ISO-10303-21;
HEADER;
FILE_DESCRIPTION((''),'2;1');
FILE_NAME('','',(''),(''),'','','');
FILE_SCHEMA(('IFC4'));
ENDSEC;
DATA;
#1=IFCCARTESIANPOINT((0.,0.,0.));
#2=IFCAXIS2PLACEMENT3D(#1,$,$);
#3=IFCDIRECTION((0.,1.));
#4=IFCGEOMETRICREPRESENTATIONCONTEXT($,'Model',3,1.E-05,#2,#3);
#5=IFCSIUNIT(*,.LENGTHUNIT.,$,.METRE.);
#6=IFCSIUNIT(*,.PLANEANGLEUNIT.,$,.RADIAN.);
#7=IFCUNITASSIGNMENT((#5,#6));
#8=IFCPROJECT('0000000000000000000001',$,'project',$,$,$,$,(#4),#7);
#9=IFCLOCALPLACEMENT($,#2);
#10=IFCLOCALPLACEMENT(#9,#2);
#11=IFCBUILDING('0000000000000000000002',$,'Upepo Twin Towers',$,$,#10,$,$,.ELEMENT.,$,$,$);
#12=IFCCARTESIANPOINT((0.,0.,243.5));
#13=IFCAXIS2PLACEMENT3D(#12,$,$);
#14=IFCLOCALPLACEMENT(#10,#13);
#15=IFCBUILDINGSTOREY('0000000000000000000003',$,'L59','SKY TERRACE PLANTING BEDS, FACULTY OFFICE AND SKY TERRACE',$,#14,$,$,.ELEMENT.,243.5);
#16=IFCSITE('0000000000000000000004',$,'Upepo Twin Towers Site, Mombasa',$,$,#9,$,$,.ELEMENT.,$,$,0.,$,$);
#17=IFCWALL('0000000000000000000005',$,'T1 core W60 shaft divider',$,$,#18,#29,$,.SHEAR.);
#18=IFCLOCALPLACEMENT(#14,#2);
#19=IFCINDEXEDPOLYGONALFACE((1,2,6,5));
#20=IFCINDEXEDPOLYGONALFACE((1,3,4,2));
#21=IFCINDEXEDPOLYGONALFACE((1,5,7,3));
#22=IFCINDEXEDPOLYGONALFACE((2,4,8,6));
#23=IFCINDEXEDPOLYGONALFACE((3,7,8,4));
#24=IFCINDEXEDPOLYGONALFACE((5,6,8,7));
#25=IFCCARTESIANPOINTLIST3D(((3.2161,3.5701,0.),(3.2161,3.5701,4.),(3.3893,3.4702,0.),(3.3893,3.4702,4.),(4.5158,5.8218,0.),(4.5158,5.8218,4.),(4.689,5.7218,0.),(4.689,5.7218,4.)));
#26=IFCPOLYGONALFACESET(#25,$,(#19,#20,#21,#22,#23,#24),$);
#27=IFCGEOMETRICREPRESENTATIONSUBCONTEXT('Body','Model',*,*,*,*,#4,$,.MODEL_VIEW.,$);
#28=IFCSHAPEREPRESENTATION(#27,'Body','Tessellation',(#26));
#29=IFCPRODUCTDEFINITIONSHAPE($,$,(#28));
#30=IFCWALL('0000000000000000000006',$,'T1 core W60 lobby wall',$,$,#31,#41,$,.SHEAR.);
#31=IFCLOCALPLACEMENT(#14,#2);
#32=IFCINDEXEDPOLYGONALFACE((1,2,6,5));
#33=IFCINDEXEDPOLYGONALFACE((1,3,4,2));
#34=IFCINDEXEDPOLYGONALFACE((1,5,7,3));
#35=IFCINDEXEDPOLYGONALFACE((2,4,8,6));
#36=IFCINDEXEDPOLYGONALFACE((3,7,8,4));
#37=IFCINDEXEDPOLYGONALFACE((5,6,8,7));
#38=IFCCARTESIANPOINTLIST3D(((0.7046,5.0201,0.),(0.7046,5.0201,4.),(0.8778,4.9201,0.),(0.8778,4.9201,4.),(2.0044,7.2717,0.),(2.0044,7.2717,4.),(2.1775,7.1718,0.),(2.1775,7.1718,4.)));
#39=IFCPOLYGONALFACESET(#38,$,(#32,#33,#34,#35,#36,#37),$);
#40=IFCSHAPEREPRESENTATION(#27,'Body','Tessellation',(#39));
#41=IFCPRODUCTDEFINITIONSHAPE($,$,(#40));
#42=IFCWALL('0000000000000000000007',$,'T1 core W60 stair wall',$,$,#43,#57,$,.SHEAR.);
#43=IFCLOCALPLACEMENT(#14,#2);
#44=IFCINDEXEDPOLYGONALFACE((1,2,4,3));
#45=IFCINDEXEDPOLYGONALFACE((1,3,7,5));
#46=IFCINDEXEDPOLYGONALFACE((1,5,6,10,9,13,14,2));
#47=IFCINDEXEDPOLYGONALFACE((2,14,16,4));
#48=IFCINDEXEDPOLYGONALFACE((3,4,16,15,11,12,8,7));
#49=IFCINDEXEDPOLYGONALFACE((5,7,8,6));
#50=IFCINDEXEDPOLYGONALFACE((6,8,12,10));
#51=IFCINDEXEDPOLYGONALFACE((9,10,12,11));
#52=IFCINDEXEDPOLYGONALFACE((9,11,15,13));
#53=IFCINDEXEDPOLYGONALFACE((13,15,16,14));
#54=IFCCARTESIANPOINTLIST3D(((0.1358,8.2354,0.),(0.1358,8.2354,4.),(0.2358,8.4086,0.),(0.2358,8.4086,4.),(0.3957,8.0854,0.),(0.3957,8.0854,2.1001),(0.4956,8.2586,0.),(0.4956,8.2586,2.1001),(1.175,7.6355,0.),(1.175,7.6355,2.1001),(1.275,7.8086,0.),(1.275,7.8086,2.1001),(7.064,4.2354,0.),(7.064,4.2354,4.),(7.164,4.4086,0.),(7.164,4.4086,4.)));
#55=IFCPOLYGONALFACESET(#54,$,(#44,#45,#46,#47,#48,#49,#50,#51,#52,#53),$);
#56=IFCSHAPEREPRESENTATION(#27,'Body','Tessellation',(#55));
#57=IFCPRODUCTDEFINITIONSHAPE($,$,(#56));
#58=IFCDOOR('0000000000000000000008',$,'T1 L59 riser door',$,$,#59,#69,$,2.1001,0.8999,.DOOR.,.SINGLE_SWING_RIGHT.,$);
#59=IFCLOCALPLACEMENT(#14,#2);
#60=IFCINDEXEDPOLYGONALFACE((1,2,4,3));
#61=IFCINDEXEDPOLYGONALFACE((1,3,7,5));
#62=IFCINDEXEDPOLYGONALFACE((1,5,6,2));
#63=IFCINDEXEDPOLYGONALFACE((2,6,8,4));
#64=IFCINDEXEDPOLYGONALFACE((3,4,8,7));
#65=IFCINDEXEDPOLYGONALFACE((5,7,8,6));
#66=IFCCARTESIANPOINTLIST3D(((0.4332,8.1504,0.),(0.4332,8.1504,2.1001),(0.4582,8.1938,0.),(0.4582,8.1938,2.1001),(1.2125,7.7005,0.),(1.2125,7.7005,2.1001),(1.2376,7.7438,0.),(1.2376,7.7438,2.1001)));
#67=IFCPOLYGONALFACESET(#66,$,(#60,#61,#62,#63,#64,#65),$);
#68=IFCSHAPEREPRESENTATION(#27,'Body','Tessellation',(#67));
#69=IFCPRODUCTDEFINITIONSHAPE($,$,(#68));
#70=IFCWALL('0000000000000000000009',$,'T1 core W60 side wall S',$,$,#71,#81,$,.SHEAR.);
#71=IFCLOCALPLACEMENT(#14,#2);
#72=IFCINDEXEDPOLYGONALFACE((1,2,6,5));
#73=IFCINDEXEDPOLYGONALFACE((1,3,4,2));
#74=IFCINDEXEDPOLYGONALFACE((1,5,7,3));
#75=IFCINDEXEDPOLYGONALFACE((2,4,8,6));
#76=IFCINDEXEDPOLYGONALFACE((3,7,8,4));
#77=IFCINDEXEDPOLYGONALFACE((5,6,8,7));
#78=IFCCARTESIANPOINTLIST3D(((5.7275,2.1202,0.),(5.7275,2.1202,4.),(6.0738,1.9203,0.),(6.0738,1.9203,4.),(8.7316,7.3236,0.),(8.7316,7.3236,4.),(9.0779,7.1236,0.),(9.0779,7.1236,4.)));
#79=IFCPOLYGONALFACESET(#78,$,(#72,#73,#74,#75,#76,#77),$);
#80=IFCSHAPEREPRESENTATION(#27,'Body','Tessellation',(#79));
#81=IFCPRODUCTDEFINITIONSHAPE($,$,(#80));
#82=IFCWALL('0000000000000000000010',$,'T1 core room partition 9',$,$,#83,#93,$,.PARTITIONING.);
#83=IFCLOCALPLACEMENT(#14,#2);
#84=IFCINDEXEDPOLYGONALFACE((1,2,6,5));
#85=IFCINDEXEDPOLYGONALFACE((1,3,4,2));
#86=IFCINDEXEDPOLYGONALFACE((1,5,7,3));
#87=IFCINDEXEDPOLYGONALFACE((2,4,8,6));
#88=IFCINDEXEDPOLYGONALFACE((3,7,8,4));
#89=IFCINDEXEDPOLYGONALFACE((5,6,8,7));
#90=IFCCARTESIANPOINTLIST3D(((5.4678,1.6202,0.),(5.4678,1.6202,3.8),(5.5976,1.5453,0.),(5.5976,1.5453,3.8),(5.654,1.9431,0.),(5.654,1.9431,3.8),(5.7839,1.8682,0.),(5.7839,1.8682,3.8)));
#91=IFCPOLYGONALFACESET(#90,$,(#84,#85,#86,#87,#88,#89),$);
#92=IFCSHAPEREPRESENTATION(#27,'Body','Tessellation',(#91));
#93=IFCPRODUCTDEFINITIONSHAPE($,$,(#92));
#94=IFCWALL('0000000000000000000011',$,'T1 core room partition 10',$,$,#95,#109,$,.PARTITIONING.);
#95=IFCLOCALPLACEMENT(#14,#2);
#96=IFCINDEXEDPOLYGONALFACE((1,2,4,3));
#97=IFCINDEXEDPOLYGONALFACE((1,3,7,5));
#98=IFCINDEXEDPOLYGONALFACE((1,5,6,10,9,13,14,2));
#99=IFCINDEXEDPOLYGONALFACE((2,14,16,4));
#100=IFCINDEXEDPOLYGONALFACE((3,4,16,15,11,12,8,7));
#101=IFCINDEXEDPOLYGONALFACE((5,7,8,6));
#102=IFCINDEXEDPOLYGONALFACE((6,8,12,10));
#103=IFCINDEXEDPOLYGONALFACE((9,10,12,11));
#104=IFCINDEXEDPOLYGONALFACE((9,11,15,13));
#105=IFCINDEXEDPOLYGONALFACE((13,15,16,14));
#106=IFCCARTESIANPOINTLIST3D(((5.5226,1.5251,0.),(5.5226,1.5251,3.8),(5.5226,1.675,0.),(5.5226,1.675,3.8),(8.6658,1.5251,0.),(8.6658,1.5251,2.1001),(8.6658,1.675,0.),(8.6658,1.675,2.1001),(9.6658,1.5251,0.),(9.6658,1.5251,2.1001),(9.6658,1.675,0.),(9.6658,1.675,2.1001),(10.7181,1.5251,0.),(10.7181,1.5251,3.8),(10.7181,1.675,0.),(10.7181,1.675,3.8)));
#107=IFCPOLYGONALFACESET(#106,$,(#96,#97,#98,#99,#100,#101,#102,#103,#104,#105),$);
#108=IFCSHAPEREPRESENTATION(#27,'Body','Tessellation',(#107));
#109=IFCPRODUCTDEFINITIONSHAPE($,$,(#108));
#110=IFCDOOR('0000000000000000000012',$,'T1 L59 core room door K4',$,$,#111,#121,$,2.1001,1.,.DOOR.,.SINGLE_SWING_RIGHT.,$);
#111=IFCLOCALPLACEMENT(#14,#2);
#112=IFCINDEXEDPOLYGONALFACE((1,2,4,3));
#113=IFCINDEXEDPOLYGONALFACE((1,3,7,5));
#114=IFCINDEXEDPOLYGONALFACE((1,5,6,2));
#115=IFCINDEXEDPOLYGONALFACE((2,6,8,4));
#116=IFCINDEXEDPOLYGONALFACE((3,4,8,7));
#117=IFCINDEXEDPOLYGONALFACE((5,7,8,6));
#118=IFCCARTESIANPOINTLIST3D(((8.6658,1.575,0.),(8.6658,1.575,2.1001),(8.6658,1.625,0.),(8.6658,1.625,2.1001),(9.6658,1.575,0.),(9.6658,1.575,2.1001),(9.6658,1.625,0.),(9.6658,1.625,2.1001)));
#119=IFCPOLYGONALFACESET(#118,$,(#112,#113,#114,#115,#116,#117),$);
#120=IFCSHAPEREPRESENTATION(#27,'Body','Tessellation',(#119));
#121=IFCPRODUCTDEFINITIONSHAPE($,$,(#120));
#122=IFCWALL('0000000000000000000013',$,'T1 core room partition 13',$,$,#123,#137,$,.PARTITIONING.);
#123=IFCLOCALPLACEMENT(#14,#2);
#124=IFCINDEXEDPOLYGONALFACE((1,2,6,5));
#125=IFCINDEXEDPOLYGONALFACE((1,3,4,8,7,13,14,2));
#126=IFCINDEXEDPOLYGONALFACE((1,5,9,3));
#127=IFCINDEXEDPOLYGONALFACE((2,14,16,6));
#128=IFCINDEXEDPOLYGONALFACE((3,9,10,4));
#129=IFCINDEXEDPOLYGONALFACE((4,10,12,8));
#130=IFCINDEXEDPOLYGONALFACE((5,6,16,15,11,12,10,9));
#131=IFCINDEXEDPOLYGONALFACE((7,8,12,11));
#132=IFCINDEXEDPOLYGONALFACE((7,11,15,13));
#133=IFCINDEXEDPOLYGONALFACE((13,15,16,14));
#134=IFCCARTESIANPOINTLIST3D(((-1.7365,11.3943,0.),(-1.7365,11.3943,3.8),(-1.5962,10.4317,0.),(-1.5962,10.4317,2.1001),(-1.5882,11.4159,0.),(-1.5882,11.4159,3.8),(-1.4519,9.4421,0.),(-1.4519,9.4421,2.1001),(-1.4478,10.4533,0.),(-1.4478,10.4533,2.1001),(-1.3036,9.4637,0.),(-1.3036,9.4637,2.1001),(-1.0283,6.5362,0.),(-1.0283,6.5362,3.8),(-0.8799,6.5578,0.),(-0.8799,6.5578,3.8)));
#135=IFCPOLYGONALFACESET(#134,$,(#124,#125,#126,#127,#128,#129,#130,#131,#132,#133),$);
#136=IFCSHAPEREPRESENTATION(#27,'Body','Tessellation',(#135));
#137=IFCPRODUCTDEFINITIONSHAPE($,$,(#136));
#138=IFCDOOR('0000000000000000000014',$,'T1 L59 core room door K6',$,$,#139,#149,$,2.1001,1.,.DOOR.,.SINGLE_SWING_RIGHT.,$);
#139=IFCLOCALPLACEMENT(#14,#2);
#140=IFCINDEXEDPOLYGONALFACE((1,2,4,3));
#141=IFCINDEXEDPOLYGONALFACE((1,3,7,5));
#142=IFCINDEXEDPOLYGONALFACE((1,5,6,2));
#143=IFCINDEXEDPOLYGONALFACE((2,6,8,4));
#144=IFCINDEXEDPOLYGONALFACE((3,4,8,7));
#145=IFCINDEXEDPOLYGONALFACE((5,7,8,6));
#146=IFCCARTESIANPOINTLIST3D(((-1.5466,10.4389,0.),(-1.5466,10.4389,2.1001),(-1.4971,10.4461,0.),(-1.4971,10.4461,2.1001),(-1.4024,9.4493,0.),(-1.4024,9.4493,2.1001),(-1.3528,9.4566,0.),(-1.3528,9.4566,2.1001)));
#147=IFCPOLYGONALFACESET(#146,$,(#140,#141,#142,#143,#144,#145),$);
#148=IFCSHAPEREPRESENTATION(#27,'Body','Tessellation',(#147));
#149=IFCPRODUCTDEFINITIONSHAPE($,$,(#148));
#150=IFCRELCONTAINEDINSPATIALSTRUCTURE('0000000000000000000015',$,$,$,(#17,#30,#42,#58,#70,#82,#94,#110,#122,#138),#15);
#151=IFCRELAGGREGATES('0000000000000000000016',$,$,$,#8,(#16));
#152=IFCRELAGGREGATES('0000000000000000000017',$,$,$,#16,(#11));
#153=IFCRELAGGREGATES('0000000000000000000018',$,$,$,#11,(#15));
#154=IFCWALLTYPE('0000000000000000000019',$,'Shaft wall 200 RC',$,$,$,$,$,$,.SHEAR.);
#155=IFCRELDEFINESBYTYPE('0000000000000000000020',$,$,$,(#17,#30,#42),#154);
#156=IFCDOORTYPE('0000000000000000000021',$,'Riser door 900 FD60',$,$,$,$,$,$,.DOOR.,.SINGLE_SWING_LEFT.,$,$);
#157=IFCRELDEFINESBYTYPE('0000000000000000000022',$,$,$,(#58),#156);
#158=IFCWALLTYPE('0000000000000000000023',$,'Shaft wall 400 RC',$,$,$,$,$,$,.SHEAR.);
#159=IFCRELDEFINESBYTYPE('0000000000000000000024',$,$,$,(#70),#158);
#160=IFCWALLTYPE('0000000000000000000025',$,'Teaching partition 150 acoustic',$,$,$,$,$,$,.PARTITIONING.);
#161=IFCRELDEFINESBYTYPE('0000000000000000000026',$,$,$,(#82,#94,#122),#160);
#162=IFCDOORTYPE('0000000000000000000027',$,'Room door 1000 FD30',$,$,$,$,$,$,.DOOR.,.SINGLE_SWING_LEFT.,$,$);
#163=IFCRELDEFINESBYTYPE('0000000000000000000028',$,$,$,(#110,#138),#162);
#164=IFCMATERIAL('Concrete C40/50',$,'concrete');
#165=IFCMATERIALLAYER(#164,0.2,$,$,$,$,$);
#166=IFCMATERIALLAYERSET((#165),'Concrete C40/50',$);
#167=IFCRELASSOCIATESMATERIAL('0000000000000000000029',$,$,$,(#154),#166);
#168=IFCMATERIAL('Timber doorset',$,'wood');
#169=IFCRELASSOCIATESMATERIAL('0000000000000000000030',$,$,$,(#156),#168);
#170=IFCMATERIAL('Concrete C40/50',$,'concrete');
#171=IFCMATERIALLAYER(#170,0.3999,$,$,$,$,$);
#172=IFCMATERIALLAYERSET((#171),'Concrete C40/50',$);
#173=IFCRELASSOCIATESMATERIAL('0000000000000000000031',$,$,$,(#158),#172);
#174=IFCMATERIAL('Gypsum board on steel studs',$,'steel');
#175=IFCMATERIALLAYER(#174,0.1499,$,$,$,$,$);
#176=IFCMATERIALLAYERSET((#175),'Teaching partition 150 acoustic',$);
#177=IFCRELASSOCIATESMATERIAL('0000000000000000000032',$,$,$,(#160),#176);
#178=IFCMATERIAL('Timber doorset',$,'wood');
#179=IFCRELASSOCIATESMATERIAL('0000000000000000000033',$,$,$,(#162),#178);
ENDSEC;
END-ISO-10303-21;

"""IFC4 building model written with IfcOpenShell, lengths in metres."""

from ifc_helpers import new_model, si_unit, direction, frame, frame_2d, origin, place, context, subcontext, project, spatial, rectangle, extrude, material, layer, layer_set, type_object, element, fill, save


model = new_model("IFC4")

# Units and contexts
model_context = context("Model", 3, precision=1e-05, world=origin(), true_north=direction((0.0, 1.0)))
body_context = subcontext(model_context, "Body", "Model", "MODEL_VIEW")
ifc_project = project(units=[si_unit("LENGTHUNIT", "METRE"), si_unit("PLANEANGLEUNIT", "RADIAN")], contexts=[model_context])

# Site, building, storey
site_placement = place(None, origin())
site = spatial("IfcSite", under=ifc_project, at=site_placement, Name="Upepo Twin Towers Site, Mombasa", CompositionType="ELEMENT", RefElevation=0.0)
building_placement = place(site_placement, origin())
building = spatial("IfcBuilding", under=site, at=building_placement, Name="Upepo Twin Towers", CompositionType="ELEMENT")
storey_placement = place(building_placement, frame((0.0, 0.0, 243.5)))
storey = spatial("IfcBuildingStorey", under=building, at=storey_placement, Name="L59", Description="SKY TERRACE PLANTING BEDS, FACULTY OFFICE AND SKY TERRACE", CompositionType="ELEMENT", Elevation=243.5)

# Shared definitions
ifc_material_1 = material(Name="Concrete C40/50", Category="concrete")
ifc_layer_1 = layer(ifc_material_1, 0.2)
ifc_layer_set_1 = layer_set([ifc_layer_1], Name="Concrete C40/50")
wall_type_1 = type_object("IfcWallType", Name="Shaft wall 200 RC", PredefinedType="SHEAR", material=ifc_layer_set_1)

# Walls
for number, where, z_axis, x_axis, name in (
    (1, (3.3027, 3.5203, 0.0), (0.0, 0.0, 1.0), (0.499937, 0.866062, 0.0), "T1 core W60 shaft divider"),
    (2, (0.7913, 4.9702, 0.0), (0.0, 0.0, 1.0), (0.499937, 0.866062, 0.0), "T1 core W60 lobby wall"),
):
    element("IfcWall", number, at=place(storey_placement, frame(where, z_axis=z_axis, x_axis=x_axis)), inside=storey, type_object=wall_type_1, Name=name, PredefinedType="SHEAR", context=body_context, shape_type="SweptSolid", body=[
        extrude(rectangle(XDim=2.5999, YDim=0.2, at=frame_2d((1.2998, 0.0))), origin(), (0.0, 0.0, 1.0), 4.0),
    ])

# Wall, opening, door
wall_1_placement = place(storey_placement, frame((7.114, 4.322, 0.0), z_axis=(0.0, 0.0, 1.0), x_axis=(-0.866026, 0.499999, 0.0)))
wall_1 = element("IfcWall", 3, at=wall_1_placement, inside=storey, type_object=wall_type_1, Name="T1 core W60 stair wall", PredefinedType="SHEAR", context=body_context, shape_type="SweptSolid", body=[
    extrude(rectangle(XDim=8.0, YDim=0.2, at=frame_2d((4.0, 0.0))), origin(), (0.0, 0.0, 1.0), 4.0),
])
opening_1_placement = place(wall_1_placement, frame((6.8, 0.0, 0.0)))
opening_1 = element("IfcOpeningElement", 4, at=opening_1_placement, cuts=wall_1, PredefinedType="OPENING", context=body_context, shape_type="SweptSolid", body=[
    extrude(rectangle(XDim=0.8999, YDim=2.1001, at=frame_2d((0.45, 1.05))), frame((0.0, 0.1099, 0.0), z_axis=(0.0, -1.0, 0.0), x_axis=(1.0, 0.0, 0.0)), (0.0, 0.0, 1.0), 0.22),
])
ifc_material_2 = material(Name="Timber doorset", Category="wood")
door_type_1 = type_object("IfcDoorType", Name="Riser door 900 FD60", OperationType="SINGLE_SWING_LEFT", PredefinedType="DOOR", material=ifc_material_2)
door_1_placement = place(opening_1_placement, origin())
door_1 = element("IfcDoor", 5, at=door_1_placement, inside=storey, type_object=door_type_1, Name="T1 L59 riser door", OperationType="SINGLE_SWING_RIGHT", OverallHeight=2.1001, OverallWidth=0.8999, PredefinedType="DOOR", context=body_context, shape_type="SweptSolid", body=[
    extrude(rectangle(XDim=0.8999, YDim=2.1001, at=frame_2d((0.45, 1.05))), frame((0.0, 0.0249, 0.0), z_axis=(0.0, -1.0, 0.0), x_axis=(1.0, 0.0, 0.0)), (0.0, 0.0, 1.0), 0.05),
])
fill(opening_1, door_1)

# Walls
ifc_material_3 = material(Name="Concrete C40/50", Category="concrete")
ifc_layer_2 = layer(ifc_material_3, 0.3999)
ifc_layer_set_2 = layer_set([ifc_layer_2], Name="Concrete C40/50")
wall_type_2 = type_object("IfcWallType", Name="Shaft wall 400 RC", PredefinedType="SHEAR", material=ifc_layer_set_2)
wall_2_placement = place(storey_placement, frame((5.9006, 2.0203, 0.0), z_axis=(0.0, 0.0, 1.0), x_axis=(0.499998, 0.866027, 0.0)))
element("IfcWall", 6, at=wall_2_placement, inside=storey, type_object=wall_type_2, Name="T1 core W60 side wall S", PredefinedType="SHEAR", context=body_context, shape_type="SweptSolid", body=[
    extrude(rectangle(XDim=6.0083, YDim=0.3999, at=frame_2d((3.0042, 0.0))), origin(), (0.0, 0.0, 1.0), 4.0),
])
ifc_material_4 = material(Name="Gypsum board on steel studs", Category="steel")
ifc_layer_3 = layer(ifc_material_4, 0.1499)
ifc_layer_set_3 = layer_set([ifc_layer_3], Name="Teaching partition 150 acoustic")
wall_type_3 = type_object("IfcWallType", Name="Teaching partition 150 acoustic", PredefinedType="PARTITIONING", material=ifc_layer_set_3)
wall_3_placement = place(storey_placement, frame((5.719, 1.9058, 0.0), z_axis=(0.0, 0.0, 1.0), x_axis=(-0.49959, -0.866262, 0.0)))
element("IfcWall", 7, at=wall_3_placement, inside=storey, type_object=wall_type_3, Name="T1 core room partition 9", PredefinedType="PARTITIONING", context=body_context, shape_type="SweptSolid", body=[
    extrude(rectangle(XDim=0.3728, YDim=0.1499, at=frame_2d((0.1865, 0.0))), origin(), (0.0, 0.0, 1.0), 3.8),
])

# Walls, openings, doors
wall_4_placement = place(storey_placement, frame((5.5227, 1.6001, 0.0), z_axis=(0.0, 0.0, 1.0), x_axis=(1.0, 0.0, 0.0)))
wall_4 = element("IfcWall", 8, at=wall_4_placement, inside=storey, type_object=wall_type_3, Name="T1 core room partition 10", PredefinedType="PARTITIONING", context=body_context, shape_type="SweptSolid", body=[
    extrude(rectangle(XDim=5.1956, YDim=0.1499, at=frame_2d((2.5977, 0.0))), origin(), (0.0, 0.0, 1.0), 3.8),
])
opening_2_placement = place(wall_4_placement, frame((3.1431, 0.0, 0.0)))
opening_2 = element("IfcOpeningElement", 9, at=opening_2_placement, cuts=wall_4, PredefinedType="OPENING", context=body_context, shape_type="SweptSolid", body=[
    extrude(rectangle(XDim=1.0, YDim=2.1001, at=frame_2d((0.5, 1.05))), frame((0.0, 0.085, 0.0), z_axis=(0.0, -1.0, 0.0), x_axis=(1.0, 0.0, 0.0)), (0.0, 0.0, 1.0), 0.1699),
])
ifc_material_5 = material(Name="Timber doorset", Category="wood")
door_type_2 = type_object("IfcDoorType", Name="Room door 1000 FD30", OperationType="SINGLE_SWING_LEFT", PredefinedType="DOOR", material=ifc_material_5)
door_2_placement = place(opening_2_placement, origin())
door_2 = element("IfcDoor", 10, at=door_2_placement, inside=storey, type_object=door_type_2, Name="T1 L59 core room door K4", OperationType="SINGLE_SWING_RIGHT", OverallHeight=2.1001, OverallWidth=1.0, PredefinedType="DOOR", context=body_context, shape_type="SweptSolid", body=[
    extrude(rectangle(XDim=1.0, YDim=2.1001, at=frame_2d((0.5, 1.05))), frame((0.0, 0.0249, 0.0), z_axis=(0.0, -1.0, 0.0), x_axis=(1.0, 0.0, 0.0)), (0.0, 0.0, 1.0), 0.05),
])
fill(opening_2, door_2)
wall_5_placement = place(storey_placement, frame((-0.9541, 6.5471, 0.0), z_axis=(0.0, 0.0, 1.0), x_axis=(-0.144261, 0.98954, 0.0)))
wall_5 = element("IfcWall", 11, at=wall_5_placement, inside=storey, type_object=wall_type_3, Name="T1 core room partition 13", PredefinedType="PARTITIONING", context=body_context, shape_type="SweptSolid", body=[
    extrude(rectangle(XDim=4.9094, YDim=0.1499, at=frame_2d((2.4546, 0.0))), origin(), (0.0, 0.0, 1.0), 3.8),
])
opening_3_placement = place(wall_5_placement, frame((2.9365, 0.0, 0.0)))
opening_3 = element("IfcOpeningElement", 12, at=opening_3_placement, cuts=wall_5, PredefinedType="OPENING", context=body_context, shape_type="SweptSolid", body=[
    extrude(rectangle(XDim=1.0, YDim=2.1001, at=frame_2d((0.5, 1.05))), frame((0.0, 0.085, 0.0), z_axis=(0.0, -1.0, 0.0), x_axis=(1.0, 0.0, 0.0)), (0.0, 0.0, 1.0), 0.1699),
])
door_3_placement = place(opening_3_placement, origin())
door_3 = element("IfcDoor", 13, at=door_3_placement, inside=storey, type_object=door_type_2, Name="T1 L59 core room door K6", OperationType="SINGLE_SWING_RIGHT", OverallHeight=2.1001, OverallWidth=1.0, PredefinedType="DOOR", context=body_context, shape_type="SweptSolid", body=[
    extrude(rectangle(XDim=1.0, YDim=2.1001, at=frame_2d((0.5, 1.05))), frame((0.0, 0.0249, 0.0), z_axis=(0.0, -1.0, 0.0), x_axis=(1.0, 0.0, 0.0)), (0.0, 0.0, 1.0), 0.05),
])
fill(opening_3, door_3)

save(model, "model.ifc")
